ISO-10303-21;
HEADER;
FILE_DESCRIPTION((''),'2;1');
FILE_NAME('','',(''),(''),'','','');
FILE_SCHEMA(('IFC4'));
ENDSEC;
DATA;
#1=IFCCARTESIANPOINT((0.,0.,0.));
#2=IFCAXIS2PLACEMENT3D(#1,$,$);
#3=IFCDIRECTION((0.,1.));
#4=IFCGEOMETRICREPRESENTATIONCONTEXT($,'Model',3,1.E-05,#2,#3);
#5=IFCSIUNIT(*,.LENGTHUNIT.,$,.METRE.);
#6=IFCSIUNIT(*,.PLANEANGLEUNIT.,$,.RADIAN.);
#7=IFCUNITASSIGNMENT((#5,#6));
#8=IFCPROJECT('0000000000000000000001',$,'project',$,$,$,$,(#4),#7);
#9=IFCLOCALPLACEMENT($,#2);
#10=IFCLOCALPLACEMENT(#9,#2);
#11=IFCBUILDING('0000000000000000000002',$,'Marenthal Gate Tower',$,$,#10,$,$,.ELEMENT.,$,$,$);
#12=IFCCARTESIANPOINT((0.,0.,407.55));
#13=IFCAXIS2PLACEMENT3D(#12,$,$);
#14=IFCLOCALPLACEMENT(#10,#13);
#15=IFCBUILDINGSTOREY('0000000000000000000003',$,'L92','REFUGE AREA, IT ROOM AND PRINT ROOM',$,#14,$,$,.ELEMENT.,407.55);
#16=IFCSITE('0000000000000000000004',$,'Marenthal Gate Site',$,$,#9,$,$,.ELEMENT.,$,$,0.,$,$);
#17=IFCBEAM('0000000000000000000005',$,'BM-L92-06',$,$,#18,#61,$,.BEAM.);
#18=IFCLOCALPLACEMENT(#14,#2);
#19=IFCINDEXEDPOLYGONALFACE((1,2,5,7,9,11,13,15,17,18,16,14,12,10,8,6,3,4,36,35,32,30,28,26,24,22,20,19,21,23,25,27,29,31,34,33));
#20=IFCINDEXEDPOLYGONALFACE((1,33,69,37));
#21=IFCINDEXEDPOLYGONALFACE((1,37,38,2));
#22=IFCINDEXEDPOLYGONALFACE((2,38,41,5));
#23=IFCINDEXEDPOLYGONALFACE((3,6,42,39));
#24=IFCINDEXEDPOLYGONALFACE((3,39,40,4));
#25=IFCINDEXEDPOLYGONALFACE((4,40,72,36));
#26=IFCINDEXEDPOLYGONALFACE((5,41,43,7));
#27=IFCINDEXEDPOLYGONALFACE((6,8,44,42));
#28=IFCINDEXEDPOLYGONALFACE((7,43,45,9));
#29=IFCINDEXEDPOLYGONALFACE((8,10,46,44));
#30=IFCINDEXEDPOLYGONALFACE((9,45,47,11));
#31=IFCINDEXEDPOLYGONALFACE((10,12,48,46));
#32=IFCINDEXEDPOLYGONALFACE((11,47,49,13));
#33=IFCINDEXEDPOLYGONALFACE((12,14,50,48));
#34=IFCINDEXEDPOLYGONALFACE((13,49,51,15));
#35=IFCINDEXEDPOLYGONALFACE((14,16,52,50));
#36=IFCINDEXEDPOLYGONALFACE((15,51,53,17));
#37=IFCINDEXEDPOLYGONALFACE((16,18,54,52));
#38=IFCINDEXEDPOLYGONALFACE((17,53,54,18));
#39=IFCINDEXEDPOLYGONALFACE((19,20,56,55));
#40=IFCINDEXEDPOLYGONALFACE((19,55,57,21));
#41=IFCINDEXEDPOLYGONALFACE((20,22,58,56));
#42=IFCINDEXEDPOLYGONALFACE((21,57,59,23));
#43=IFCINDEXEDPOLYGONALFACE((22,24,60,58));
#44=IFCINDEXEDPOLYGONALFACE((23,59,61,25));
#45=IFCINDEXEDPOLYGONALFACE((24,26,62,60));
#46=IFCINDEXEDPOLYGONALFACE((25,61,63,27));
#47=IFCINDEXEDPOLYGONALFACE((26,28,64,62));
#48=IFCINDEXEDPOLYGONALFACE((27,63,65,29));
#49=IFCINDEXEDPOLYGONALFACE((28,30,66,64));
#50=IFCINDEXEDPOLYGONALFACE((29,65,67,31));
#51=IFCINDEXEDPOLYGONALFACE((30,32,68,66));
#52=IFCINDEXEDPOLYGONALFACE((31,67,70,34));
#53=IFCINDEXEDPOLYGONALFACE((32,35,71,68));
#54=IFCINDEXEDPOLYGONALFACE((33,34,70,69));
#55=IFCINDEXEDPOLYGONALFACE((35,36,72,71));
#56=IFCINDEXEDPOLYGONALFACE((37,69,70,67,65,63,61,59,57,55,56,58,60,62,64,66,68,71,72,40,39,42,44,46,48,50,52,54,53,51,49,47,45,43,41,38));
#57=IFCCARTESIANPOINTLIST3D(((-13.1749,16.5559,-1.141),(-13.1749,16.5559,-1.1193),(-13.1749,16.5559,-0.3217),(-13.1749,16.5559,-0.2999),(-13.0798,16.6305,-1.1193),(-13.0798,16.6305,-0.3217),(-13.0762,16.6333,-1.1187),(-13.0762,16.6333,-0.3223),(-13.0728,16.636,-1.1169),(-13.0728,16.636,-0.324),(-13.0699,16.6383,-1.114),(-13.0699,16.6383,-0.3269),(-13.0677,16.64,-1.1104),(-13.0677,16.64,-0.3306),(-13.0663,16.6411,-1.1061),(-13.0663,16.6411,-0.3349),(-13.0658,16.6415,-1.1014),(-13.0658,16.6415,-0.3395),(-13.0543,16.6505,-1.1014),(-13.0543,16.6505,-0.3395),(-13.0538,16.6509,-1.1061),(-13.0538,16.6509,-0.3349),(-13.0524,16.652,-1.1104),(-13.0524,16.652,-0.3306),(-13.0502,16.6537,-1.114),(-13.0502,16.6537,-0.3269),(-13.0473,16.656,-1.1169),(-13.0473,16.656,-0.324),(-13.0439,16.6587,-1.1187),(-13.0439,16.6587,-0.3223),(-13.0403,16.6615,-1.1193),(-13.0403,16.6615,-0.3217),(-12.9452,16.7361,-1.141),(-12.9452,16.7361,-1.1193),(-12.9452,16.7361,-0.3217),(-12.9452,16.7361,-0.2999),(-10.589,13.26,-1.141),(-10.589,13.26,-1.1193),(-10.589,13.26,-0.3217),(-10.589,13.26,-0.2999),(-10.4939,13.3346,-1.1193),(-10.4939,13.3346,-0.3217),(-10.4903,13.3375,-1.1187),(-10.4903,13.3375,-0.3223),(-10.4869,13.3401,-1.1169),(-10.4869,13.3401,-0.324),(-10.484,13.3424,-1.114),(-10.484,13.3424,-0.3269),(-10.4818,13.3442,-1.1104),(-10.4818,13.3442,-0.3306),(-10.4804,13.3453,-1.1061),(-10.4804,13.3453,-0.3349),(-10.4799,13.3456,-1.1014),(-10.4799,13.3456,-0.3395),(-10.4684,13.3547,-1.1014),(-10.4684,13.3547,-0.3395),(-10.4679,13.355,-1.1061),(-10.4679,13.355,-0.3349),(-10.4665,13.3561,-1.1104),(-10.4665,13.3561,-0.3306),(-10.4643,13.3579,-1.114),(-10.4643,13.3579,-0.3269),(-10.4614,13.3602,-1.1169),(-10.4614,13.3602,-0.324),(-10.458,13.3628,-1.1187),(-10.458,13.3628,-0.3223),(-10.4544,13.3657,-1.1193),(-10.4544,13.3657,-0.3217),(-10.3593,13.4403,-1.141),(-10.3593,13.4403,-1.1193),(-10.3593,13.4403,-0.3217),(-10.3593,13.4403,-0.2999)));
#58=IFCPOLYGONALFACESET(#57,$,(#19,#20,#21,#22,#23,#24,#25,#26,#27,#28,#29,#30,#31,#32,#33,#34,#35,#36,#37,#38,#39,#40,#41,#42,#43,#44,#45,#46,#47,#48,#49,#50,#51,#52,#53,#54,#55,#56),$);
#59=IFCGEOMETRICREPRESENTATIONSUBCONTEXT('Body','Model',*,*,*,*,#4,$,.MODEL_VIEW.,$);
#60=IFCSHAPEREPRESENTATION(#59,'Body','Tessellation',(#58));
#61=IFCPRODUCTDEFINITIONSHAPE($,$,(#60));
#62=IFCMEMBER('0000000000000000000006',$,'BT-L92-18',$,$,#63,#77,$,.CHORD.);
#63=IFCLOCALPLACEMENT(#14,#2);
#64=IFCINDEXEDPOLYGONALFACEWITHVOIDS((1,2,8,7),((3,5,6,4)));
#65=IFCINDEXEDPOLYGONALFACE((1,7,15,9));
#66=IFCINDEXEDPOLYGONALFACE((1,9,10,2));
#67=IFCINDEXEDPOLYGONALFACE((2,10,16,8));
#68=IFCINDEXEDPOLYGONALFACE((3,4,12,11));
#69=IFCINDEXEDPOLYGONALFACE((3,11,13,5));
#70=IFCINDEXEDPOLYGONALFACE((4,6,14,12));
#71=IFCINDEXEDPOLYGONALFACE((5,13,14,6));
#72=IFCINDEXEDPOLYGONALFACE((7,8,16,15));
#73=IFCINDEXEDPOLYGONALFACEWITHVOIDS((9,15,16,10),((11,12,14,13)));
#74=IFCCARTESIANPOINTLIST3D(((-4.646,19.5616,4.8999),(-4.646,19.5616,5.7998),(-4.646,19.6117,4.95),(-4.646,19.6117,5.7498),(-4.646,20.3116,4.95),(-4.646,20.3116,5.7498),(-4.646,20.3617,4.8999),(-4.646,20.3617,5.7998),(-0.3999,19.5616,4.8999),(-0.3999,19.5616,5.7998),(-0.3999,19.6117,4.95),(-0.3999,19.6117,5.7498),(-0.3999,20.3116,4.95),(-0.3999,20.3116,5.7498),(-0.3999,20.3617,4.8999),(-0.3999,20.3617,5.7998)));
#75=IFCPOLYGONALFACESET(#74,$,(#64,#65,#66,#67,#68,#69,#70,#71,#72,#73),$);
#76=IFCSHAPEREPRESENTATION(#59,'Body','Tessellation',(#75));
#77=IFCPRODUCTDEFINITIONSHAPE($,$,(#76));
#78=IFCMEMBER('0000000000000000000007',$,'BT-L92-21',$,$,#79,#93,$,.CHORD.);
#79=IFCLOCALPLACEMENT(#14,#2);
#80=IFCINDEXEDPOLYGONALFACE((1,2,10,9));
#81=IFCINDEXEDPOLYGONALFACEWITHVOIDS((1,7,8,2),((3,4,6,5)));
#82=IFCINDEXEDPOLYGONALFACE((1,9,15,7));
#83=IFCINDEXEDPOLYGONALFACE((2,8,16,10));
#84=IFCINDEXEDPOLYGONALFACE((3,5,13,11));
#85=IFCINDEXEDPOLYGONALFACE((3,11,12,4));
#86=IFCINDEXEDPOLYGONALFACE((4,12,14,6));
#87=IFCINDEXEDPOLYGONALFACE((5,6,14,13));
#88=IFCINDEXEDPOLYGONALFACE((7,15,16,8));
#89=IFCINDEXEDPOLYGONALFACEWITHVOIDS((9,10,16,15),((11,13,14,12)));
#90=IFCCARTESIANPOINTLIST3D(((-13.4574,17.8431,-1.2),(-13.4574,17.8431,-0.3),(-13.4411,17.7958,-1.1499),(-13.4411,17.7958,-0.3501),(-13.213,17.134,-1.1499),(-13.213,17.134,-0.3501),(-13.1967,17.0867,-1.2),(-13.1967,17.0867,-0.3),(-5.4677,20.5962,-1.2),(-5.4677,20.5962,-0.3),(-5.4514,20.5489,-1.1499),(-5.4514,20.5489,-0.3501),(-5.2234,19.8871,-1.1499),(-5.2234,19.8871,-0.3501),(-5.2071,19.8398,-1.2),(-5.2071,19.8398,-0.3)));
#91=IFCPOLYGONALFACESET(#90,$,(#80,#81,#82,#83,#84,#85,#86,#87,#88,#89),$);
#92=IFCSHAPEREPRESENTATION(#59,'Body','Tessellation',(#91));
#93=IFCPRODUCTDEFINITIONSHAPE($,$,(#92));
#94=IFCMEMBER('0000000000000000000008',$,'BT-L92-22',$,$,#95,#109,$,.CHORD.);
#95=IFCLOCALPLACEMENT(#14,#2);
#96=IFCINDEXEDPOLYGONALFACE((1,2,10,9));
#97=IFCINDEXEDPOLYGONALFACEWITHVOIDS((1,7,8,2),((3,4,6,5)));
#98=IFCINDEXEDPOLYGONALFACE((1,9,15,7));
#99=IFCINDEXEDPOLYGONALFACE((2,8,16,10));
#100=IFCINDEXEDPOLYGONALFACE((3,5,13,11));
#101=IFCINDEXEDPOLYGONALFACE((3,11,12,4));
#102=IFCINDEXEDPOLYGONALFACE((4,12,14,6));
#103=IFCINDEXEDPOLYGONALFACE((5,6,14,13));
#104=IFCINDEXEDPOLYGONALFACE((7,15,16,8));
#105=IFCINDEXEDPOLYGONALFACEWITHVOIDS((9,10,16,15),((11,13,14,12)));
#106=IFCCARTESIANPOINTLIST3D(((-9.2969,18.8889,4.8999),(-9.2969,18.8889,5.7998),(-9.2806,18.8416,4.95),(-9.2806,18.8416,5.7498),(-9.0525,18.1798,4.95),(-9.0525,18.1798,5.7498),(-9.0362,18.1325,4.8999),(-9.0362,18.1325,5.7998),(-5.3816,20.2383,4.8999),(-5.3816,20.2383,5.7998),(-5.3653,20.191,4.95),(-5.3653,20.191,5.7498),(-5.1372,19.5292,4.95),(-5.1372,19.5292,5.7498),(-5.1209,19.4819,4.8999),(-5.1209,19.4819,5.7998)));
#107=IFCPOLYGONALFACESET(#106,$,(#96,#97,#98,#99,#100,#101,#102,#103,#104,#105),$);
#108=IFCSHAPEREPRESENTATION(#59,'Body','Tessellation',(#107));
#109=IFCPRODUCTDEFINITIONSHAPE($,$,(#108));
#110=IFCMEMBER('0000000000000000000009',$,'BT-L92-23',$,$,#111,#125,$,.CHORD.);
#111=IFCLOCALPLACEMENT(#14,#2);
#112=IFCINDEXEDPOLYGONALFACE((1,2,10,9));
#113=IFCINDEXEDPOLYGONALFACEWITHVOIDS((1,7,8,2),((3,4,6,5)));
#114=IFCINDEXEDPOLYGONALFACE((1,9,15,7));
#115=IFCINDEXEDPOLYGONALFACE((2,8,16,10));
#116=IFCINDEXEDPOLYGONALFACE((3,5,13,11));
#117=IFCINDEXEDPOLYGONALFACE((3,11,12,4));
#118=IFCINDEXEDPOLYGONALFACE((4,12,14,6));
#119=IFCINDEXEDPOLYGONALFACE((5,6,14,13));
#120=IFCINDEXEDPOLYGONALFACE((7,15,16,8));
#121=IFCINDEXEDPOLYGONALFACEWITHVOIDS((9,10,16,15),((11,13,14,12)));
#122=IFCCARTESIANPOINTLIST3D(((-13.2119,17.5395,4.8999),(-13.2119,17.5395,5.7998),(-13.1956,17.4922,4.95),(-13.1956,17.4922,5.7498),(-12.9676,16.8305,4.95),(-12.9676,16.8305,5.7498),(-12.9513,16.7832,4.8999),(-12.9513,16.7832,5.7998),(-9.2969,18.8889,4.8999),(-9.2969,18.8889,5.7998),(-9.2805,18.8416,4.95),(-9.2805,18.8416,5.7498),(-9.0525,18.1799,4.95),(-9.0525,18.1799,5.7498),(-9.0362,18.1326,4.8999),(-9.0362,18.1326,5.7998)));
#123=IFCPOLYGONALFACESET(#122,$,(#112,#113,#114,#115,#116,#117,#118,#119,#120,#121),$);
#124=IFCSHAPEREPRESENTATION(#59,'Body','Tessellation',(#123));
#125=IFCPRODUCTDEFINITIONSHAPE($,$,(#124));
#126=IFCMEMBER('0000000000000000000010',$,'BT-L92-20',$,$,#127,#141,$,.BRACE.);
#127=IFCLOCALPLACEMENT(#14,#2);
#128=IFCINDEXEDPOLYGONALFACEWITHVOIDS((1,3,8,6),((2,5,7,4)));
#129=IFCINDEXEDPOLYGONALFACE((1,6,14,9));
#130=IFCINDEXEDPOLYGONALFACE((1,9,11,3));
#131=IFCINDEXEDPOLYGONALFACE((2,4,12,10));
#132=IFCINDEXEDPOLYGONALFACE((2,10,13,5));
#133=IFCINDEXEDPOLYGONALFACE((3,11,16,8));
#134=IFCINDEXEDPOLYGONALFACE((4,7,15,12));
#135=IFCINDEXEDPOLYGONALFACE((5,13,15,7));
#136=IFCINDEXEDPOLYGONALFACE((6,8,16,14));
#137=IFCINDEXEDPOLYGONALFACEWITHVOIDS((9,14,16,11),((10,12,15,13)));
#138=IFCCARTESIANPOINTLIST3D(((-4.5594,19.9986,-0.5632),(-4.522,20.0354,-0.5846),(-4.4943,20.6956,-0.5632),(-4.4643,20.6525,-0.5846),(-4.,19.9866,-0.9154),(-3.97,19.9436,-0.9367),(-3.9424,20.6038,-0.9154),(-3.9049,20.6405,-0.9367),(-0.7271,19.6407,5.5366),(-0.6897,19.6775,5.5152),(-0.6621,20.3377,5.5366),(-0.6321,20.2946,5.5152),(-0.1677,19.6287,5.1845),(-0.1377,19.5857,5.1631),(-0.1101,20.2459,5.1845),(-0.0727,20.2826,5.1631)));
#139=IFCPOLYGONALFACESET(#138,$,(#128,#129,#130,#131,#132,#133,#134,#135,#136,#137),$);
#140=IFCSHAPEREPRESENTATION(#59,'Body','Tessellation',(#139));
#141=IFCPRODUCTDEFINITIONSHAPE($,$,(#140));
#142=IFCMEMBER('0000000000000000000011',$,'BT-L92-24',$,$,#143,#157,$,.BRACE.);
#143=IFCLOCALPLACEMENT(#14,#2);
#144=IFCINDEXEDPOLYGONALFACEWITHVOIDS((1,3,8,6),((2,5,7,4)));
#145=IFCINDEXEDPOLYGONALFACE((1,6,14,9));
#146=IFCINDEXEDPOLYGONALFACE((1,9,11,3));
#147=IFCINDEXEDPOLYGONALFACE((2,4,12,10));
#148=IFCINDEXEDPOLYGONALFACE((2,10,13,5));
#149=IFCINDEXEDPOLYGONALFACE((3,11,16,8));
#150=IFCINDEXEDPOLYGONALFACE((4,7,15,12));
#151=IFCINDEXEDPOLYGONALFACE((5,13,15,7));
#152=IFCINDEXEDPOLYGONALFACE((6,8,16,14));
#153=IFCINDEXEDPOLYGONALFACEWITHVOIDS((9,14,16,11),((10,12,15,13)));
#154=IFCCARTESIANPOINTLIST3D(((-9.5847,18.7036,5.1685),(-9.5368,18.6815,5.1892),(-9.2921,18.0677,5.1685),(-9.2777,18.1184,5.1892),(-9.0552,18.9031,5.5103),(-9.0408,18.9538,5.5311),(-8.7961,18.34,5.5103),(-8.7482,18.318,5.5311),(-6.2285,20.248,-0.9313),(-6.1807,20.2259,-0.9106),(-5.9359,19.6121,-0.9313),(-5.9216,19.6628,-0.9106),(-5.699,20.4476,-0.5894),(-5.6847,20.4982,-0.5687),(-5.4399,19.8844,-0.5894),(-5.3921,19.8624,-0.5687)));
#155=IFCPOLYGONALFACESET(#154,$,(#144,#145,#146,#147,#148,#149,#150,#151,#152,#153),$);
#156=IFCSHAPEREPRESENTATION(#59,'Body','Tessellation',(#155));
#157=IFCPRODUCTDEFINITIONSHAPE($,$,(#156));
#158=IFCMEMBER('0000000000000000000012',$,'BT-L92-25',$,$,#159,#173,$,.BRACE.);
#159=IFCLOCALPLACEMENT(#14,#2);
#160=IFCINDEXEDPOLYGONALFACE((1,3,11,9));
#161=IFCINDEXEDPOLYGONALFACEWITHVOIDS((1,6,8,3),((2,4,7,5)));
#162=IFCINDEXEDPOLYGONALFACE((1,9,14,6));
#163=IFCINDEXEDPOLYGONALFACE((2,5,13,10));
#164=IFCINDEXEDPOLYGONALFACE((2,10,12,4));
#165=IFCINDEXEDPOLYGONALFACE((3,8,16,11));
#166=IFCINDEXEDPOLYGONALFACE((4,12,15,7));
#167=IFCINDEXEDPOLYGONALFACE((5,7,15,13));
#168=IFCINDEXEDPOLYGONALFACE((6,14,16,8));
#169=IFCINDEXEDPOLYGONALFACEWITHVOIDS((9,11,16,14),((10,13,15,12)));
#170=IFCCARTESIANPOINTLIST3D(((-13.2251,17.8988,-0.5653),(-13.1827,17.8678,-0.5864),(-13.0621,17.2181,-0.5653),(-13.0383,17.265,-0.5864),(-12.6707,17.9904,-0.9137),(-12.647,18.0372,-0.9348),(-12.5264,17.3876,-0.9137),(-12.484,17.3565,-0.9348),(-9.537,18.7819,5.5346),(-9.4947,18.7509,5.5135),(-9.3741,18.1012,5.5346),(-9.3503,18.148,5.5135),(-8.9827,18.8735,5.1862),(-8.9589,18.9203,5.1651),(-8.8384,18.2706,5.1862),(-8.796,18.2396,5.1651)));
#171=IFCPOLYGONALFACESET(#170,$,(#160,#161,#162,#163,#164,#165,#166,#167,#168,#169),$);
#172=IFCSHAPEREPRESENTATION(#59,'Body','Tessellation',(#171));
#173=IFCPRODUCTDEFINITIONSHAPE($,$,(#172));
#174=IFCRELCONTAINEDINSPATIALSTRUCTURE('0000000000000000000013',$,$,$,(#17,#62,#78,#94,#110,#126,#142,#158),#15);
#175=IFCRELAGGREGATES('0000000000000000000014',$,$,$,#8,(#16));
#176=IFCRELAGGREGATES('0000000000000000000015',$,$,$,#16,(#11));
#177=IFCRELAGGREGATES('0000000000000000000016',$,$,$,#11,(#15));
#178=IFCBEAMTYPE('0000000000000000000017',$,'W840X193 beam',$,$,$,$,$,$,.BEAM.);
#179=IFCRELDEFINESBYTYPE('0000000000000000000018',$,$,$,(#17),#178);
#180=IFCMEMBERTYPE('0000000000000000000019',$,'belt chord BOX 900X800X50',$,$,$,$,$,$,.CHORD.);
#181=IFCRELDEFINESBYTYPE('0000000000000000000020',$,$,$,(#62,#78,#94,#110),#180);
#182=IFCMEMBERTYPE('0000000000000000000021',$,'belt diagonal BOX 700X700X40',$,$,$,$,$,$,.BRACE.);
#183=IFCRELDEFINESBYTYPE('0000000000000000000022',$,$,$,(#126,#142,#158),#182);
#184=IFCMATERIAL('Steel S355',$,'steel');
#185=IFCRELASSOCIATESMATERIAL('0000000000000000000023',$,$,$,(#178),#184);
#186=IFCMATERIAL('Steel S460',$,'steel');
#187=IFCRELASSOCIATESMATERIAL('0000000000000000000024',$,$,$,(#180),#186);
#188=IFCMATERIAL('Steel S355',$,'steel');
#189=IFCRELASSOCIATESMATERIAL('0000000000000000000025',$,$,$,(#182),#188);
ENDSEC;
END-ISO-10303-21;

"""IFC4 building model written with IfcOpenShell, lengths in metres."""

from ifc_helpers import new_model, si_unit, direction, frame, origin, origin_2d, place, context, subcontext, project, spatial, hollow_rectangle, i_section, extrude, material, material_profile, profile_set, type_object, element, save


model = new_model("IFC4")

# Units and contexts
model_context = context("Model", 3, precision=1e-05, world=origin(), true_north=direction((0.0, 1.0)))
body_context = subcontext(model_context, "Body", "Model", "MODEL_VIEW")
ifc_project = project(units=[si_unit("LENGTHUNIT", "METRE"), si_unit("PLANEANGLEUNIT", "RADIAN")], contexts=[model_context])

# Site, building, storey
site_placement = place(None, origin())
site = spatial("IfcSite", under=ifc_project, at=site_placement, Name="Marenthal Gate Site", CompositionType="ELEMENT", RefElevation=0.0)
building_placement = place(site_placement, origin())
building = spatial("IfcBuilding", under=site, at=building_placement, Name="Marenthal Gate Tower", CompositionType="ELEMENT")
storey_placement = place(building_placement, frame((0.0, 0.0, 407.55)))
storey = spatial("IfcBuildingStorey", under=building, at=storey_placement, Name="L92", Description="REFUGE AREA, IT ROOM AND PRINT ROOM", CompositionType="ELEMENT", Elevation=407.55)

# Beam
ifc_material_1 = material(Name="Steel S355", Category="steel")
ifc_material_profile_1 = material_profile(ifc_material_1, i_section(OverallWidth=0.292, OverallDepth=0.8411, WebThickness=0.0146, FlangeThickness=0.0217, FilletRadius=0.0178, at=origin_2d()), Name="W840X193")
ifc_profile_set_1 = profile_set([ifc_material_profile_1], Name="Steel S355")
beam_type_1 = type_object("IfcBeamType", Name="W840X193 beam", PredefinedType="BEAM", material=ifc_profile_set_1)
beam_1_placement = place(storey_placement, frame((-13.0601, 16.646, -0.7205), z_axis=(0.617276, -0.786747, 0.0), x_axis=(0.786747, 0.617276, 0.0)))
element("IfcBeam", 1, at=beam_1_placement, inside=storey, type_object=beam_type_1, Name="BM-L92-06", PredefinedType="BEAM", context=body_context, shape_type="SweptSolid", body=[
    extrude(i_section(OverallWidth=0.292, OverallDepth=0.8411, WebThickness=0.0146, FlangeThickness=0.0217, FilletRadius=0.0178, at=origin_2d()), origin(), (0.0, 0.0, 1.0), 4.1892),
])

# Members
ifc_material_2 = material(Name="Steel S460", Category="steel")
ifc_material_profile_2 = material_profile(ifc_material_2, hollow_rectangle(XDim=0.8, YDim=0.8999, WallThickness=0.05, at=origin_2d()), Name="BOX 900X800X50")
ifc_profile_set_2 = profile_set([ifc_material_profile_2], Name="Steel S460")
member_type_1 = type_object("IfcMemberType", Name="belt chord BOX 900X800X50", PredefinedType="CHORD", material=ifc_profile_set_2)
member_1_placement = place(storey_placement, frame((-0.3999, 19.9617, 5.3499), z_axis=(-1.0, 0.0, 0.0), x_axis=(0.0, -1.0, 0.0)))
element("IfcMember", 2, at=member_1_placement, inside=storey, type_object=member_type_1, Name="BT-L92-18", PredefinedType="CHORD", context=body_context, shape_type="SweptSolid", body=[
    extrude(hollow_rectangle(XDim=0.8, YDim=0.8999, WallThickness=0.05, at=origin_2d()), origin(), (0.0, 0.0, 1.0), 4.2461),
])
member_2_placement = place(storey_placement, frame((-5.3374, 20.218, -0.75), z_axis=(-0.945443, -0.325789, 0.0), x_axis=(0.325789, -0.945443, 0.0)))
element("IfcMember", 3, at=member_2_placement, inside=storey, type_object=member_type_1, Name="BT-L92-21", PredefinedType="CHORD", context=body_context, shape_type="SweptSolid", body=[
    extrude(hollow_rectangle(XDim=0.8, YDim=0.8999, WallThickness=0.05, at=origin_2d()), origin(), (0.0, 0.0, 1.0), 8.4507),
])
member_3_placement = place(storey_placement, frame((-5.2512, 19.8601, 5.3499), z_axis=(-0.945427, -0.325833, 0.0), x_axis=(0.325833, -0.945427, 0.0)))
element("IfcMember", 4, at=member_3_placement, inside=storey, type_object=member_type_1, Name="BT-L92-22", PredefinedType="CHORD", context=body_context, shape_type="SweptSolid", body=[
    extrude(hollow_rectangle(XDim=0.8, YDim=0.8999, WallThickness=0.05, at=origin_2d()), origin(), (0.0, 0.0, 1.0), 4.1414),
])
member_4_placement = place(storey_placement, frame((-9.1665, 18.5107, 5.3499), z_axis=(-0.945421, -0.325851, 0.0), x_axis=(0.325851, -0.945421, 0.0)))
element("IfcMember", 5, at=member_4_placement, inside=storey, type_object=member_type_1, Name="BT-L92-23", PredefinedType="CHORD", context=body_context, shape_type="SweptSolid", body=[
    extrude(hollow_rectangle(XDim=0.8, YDim=0.8999, WallThickness=0.05, at=origin_2d()), origin(), (0.0, 0.0, 1.0), 4.1411),
])
ifc_material_3 = material(Name="Steel S355", Category="steel")
ifc_material_profile_3 = material_profile(ifc_material_3, hollow_rectangle(XDim=0.7, YDim=0.7, WallThickness=0.04, at=origin_2d()), Name="BOX 700X700X40")
ifc_profile_set_3 = profile_set([ifc_material_profile_3], Name="Steel S355")
member_type_2 = type_object("IfcMemberType", Name="belt diagonal BOX 700X700X40", PredefinedType="BRACE", material=ifc_profile_set_3)
member_5_placement = place(storey_placement, frame((-0.3999, 19.9617, 5.3499), z_axis=(-0.531325, 0.049622, -0.845713), x_axis=(-0.092989, -0.995667, 0.0)))
element("IfcMember", 6, at=member_5_placement, inside=storey, type_object=member_type_2, Name="BT-L92-20", PredefinedType="BRACE", context=body_context, shape_type="SweptSolid", body=[
    extrude(hollow_rectangle(XDim=0.7, YDim=0.7, WallThickness=0.04, at=origin_2d()), origin(), (0.0, 0.0, 1.0), 7.2126),
])
member_6_placement = place(storey_placement, frame((-5.8103, 20.0552, -0.75), z_axis=(-0.47062, -0.216567, 0.855346), x_axis=(0.418035, -0.908431, 0.0)))
element("IfcMember", 7, at=member_6_placement, inside=storey, type_object=member_type_2, Name="BT-L92-24", PredefinedType="BRACE", context=body_context, shape_type="SweptSolid", body=[
    extrude(hollow_rectangle(XDim=0.7, YDim=0.7, WallThickness=0.04, at=origin_2d()), origin(), (0.0, 0.0, 1.0), 7.1313),
])
member_7_placement = place(storey_placement, frame((-9.1665, 18.5107, 5.3499), z_axis=(-0.513464, -0.122944, -0.849258), x_axis=(0.232859, -0.97251, 0.0)))
element("IfcMember", 8, at=member_7_placement, inside=storey, type_object=member_type_2, Name="BT-L92-25", PredefinedType="BRACE", context=body_context, shape_type="SweptSolid", body=[
    extrude(hollow_rectangle(XDim=0.7, YDim=0.7, WallThickness=0.04, at=origin_2d()), origin(), (0.0, 0.0, 1.0), 7.1826),
])

save(model, "model.ifc")
